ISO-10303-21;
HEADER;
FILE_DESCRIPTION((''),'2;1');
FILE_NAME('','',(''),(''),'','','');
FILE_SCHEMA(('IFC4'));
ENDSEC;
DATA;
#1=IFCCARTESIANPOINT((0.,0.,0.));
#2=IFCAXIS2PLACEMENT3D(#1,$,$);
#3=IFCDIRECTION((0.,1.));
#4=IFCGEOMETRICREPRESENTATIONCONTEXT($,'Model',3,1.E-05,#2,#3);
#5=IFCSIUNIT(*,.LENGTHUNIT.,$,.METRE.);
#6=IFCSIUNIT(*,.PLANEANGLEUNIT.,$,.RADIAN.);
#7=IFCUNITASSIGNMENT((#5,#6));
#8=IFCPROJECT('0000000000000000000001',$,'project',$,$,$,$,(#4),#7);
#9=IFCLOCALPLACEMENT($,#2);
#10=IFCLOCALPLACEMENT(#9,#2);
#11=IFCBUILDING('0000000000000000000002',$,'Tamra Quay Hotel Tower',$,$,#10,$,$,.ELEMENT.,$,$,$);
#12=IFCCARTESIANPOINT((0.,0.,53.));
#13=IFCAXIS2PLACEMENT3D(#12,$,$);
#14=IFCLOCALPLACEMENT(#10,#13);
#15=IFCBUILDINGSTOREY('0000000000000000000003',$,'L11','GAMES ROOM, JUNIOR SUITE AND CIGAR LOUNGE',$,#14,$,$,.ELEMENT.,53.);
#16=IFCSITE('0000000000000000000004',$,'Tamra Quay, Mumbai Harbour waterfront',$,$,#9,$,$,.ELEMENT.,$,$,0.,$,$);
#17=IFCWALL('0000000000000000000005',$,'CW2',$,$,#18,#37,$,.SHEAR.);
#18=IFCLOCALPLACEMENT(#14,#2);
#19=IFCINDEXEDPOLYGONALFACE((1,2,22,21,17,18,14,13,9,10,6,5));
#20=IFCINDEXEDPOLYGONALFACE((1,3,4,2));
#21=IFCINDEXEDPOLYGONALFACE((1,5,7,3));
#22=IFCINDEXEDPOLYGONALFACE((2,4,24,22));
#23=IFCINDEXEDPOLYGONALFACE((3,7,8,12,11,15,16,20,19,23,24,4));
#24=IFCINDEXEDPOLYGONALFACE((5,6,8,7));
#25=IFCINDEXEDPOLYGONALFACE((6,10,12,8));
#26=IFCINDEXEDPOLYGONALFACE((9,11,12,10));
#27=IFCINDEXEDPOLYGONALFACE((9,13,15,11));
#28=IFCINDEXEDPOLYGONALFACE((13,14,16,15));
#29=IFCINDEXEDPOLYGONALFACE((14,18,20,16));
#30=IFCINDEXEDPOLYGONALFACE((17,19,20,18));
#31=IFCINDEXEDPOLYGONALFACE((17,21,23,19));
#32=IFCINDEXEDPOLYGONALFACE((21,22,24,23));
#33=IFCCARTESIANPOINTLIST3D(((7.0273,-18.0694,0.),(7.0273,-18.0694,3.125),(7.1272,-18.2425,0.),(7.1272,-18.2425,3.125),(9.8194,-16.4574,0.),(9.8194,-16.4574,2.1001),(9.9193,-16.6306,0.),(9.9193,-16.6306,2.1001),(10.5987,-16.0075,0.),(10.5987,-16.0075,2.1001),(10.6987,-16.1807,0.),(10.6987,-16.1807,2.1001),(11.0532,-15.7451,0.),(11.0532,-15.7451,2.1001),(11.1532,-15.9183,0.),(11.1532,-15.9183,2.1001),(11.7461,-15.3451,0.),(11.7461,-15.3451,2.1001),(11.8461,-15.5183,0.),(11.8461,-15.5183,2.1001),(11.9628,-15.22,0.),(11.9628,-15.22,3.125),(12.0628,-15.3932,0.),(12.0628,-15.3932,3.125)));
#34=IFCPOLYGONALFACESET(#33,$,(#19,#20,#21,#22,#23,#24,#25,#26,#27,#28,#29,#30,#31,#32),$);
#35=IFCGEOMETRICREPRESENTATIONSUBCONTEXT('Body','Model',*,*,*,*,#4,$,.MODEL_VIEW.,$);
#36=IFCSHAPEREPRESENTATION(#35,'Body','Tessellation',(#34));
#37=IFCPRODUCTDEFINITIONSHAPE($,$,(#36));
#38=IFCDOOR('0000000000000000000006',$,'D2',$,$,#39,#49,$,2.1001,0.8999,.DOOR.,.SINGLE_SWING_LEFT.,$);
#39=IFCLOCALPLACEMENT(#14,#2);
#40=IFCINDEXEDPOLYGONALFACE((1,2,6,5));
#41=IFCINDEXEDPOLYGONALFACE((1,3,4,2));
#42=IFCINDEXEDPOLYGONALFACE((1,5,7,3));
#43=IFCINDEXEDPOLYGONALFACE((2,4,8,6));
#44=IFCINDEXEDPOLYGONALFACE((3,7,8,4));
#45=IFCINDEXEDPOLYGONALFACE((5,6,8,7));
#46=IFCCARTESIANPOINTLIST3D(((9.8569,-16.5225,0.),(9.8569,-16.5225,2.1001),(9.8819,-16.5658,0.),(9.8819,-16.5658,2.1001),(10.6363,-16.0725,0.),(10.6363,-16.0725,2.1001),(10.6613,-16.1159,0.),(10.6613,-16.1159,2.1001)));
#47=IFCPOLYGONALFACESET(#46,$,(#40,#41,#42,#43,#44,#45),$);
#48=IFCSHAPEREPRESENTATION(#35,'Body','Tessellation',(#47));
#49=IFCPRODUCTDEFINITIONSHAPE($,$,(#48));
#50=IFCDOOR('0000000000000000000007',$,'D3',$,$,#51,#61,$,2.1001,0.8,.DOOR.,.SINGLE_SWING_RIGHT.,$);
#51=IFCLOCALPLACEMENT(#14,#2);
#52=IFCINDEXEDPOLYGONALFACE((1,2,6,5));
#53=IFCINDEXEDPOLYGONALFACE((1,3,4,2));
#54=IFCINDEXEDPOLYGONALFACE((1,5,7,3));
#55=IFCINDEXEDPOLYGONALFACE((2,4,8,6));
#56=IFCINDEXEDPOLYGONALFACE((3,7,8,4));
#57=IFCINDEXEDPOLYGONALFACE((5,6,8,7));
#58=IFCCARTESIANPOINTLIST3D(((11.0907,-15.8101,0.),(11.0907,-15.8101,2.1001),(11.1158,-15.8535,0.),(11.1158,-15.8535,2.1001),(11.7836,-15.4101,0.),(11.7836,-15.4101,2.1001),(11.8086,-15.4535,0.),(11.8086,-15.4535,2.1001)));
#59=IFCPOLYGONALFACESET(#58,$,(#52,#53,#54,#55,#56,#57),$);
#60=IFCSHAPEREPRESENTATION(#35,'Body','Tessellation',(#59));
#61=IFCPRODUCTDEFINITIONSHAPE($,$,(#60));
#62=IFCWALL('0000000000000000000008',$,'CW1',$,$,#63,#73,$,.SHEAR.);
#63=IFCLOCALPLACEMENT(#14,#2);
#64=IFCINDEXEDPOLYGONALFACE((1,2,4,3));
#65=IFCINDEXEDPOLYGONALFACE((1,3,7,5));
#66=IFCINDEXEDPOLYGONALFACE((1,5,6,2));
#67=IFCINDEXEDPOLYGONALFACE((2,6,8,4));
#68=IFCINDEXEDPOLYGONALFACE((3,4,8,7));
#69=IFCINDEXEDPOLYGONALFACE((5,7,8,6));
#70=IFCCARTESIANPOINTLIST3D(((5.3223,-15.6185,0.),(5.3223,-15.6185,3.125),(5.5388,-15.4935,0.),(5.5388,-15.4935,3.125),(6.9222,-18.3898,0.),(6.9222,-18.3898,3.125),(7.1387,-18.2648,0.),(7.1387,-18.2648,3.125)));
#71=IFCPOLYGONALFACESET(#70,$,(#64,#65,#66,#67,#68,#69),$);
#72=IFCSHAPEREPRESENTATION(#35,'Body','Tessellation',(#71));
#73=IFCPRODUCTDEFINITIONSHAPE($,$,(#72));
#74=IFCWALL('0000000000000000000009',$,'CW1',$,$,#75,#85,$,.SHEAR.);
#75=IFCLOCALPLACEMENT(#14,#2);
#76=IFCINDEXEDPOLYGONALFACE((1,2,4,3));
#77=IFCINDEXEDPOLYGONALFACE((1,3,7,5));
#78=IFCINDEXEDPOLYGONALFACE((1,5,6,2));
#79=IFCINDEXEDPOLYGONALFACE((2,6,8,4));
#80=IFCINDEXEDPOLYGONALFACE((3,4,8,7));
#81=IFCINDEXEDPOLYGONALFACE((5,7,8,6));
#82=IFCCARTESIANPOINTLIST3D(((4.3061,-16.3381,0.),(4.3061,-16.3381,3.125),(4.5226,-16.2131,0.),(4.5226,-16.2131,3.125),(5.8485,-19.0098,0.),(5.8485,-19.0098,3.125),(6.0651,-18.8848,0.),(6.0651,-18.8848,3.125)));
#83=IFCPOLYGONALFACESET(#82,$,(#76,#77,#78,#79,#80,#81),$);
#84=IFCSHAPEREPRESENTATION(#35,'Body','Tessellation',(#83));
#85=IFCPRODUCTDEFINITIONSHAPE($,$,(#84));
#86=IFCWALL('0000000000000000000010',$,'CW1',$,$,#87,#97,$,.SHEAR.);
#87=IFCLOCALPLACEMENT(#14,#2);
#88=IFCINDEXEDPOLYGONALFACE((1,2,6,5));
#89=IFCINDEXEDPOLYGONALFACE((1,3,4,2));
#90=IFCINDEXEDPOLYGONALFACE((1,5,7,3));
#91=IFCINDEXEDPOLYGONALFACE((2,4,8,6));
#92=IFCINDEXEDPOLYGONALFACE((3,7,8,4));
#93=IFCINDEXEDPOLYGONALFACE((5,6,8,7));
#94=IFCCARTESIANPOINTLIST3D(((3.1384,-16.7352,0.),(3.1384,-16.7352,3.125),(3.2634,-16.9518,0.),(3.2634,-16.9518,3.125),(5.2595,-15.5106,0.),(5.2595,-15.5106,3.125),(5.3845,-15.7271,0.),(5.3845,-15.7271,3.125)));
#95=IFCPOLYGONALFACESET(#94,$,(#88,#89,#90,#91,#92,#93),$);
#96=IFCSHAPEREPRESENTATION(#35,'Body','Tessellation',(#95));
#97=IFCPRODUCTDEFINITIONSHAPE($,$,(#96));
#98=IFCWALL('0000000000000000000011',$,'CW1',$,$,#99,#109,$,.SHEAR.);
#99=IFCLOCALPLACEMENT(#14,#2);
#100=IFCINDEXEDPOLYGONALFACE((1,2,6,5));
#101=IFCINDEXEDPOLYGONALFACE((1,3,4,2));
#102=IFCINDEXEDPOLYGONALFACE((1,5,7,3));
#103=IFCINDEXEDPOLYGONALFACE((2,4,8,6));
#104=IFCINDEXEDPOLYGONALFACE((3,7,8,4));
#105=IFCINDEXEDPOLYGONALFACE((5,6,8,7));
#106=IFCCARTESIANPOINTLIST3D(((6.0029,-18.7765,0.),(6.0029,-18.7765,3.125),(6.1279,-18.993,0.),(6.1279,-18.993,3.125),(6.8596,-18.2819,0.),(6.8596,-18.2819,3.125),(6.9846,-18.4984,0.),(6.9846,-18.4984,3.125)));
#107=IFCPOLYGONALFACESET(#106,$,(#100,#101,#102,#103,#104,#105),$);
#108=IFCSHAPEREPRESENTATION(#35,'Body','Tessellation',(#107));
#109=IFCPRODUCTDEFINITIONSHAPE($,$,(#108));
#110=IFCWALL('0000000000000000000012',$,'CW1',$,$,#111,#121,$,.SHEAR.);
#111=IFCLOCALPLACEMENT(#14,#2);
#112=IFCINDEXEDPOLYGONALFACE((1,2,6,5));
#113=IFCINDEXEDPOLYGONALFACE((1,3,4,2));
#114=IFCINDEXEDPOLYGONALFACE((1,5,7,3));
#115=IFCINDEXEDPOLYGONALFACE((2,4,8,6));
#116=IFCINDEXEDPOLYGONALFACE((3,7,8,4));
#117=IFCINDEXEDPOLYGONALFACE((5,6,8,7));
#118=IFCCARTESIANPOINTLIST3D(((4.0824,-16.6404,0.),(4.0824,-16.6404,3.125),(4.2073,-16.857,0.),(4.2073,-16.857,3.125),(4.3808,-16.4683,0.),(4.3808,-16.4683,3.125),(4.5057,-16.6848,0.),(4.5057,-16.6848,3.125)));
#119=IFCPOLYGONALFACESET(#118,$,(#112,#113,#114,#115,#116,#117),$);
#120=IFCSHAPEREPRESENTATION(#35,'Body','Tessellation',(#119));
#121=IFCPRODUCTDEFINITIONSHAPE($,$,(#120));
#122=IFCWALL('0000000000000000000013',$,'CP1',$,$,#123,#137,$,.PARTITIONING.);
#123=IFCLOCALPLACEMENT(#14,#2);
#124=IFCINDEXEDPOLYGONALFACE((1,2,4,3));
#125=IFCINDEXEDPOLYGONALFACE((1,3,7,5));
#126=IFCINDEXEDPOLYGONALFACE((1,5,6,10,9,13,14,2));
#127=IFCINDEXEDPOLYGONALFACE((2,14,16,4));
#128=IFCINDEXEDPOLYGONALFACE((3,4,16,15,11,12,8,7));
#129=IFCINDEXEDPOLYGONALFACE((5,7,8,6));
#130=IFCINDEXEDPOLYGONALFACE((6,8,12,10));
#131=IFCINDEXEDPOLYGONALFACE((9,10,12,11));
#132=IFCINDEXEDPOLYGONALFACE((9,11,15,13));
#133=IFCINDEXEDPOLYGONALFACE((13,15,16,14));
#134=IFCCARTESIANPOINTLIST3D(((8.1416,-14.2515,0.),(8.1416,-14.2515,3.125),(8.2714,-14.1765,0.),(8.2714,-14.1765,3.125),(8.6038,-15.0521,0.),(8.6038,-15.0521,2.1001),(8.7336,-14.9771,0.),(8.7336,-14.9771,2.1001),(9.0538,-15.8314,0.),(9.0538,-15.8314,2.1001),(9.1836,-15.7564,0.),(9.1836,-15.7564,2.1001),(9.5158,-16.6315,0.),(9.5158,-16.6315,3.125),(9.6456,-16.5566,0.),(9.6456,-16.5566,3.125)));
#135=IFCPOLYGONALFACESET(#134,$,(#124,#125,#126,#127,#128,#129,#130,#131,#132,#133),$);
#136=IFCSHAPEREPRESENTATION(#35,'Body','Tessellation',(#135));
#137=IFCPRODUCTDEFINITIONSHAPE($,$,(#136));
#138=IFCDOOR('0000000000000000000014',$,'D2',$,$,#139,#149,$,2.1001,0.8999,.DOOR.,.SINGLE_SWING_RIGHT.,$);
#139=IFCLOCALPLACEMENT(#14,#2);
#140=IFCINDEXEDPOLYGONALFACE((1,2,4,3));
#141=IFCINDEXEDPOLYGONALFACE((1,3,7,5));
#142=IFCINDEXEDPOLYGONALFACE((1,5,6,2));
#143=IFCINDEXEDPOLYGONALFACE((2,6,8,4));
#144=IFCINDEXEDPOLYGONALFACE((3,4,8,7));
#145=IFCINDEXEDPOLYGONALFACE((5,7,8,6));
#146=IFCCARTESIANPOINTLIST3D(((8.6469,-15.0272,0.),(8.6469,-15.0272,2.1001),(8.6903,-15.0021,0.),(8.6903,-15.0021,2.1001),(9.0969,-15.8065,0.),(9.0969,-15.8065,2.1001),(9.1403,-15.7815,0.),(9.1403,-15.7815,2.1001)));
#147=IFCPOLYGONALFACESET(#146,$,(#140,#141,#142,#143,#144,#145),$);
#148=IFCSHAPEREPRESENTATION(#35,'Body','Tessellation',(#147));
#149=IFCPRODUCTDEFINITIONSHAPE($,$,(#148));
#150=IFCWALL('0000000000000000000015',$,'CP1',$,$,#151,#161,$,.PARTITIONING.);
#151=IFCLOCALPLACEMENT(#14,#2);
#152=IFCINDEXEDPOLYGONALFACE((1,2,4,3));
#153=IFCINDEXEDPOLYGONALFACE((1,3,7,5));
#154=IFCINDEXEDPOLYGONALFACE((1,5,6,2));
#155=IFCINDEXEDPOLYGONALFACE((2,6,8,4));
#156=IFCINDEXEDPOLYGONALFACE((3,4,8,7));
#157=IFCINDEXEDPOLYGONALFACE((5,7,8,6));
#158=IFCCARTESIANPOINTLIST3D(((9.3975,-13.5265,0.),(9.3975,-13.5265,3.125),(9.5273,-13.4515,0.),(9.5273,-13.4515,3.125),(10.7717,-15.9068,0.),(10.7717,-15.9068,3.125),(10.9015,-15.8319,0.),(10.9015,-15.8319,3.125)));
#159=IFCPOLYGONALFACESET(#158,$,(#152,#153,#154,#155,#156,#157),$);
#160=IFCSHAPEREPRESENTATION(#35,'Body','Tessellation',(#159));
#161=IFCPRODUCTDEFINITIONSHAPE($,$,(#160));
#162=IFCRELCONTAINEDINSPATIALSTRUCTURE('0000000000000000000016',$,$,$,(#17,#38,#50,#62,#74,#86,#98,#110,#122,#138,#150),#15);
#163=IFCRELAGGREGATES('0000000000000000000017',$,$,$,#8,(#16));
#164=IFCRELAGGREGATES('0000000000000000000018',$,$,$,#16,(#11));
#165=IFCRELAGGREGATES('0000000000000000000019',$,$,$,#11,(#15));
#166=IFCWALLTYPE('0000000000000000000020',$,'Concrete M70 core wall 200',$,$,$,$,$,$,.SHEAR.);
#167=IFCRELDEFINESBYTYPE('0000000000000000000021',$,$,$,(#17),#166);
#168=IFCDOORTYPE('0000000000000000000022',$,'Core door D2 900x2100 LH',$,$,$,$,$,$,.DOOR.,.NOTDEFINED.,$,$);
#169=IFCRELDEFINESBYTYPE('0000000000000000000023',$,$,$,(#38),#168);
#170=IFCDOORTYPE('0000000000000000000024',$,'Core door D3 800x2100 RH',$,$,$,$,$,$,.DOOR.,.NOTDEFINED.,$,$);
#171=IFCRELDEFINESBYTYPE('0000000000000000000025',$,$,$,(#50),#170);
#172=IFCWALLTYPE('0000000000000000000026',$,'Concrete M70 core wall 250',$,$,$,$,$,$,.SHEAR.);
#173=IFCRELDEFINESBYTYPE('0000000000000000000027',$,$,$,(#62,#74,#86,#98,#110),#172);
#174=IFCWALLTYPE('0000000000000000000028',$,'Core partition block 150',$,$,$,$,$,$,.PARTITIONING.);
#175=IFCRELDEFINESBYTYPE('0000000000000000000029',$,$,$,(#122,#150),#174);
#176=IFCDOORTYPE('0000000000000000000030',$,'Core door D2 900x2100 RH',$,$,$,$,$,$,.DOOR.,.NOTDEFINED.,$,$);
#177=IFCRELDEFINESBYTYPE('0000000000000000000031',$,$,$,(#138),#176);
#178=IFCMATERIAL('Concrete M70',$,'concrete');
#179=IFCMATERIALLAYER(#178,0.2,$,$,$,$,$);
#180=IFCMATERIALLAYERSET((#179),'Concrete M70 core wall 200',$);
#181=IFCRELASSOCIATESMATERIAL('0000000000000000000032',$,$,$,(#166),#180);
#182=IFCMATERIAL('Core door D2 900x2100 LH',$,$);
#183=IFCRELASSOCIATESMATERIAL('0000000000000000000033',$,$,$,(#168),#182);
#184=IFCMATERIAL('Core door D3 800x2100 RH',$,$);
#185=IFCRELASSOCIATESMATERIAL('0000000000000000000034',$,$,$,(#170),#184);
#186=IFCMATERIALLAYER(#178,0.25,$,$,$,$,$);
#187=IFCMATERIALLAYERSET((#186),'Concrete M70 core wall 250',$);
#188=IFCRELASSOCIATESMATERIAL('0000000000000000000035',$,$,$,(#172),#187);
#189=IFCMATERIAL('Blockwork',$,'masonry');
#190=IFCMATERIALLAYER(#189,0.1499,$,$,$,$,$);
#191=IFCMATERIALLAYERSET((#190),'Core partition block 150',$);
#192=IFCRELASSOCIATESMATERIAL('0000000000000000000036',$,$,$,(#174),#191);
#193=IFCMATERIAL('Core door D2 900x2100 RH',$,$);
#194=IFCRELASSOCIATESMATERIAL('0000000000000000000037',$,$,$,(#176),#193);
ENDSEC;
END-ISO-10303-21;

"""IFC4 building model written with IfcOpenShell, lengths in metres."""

from ifc_helpers import new_model, si_unit, direction, frame, frame_2d, origin, place, context, subcontext, project, spatial, rectangle, extrude, material, layer, layer_set, type_object, element, fill, save


model = new_model("IFC4")

# Units and contexts
model_context = context("Model", 3, precision=1e-05, world=origin(), true_north=direction((0.0, 1.0)))
body_context = subcontext(model_context, "Body", "Model", "MODEL_VIEW")
ifc_project = project(units=[si_unit("LENGTHUNIT", "METRE"), si_unit("PLANEANGLEUNIT", "RADIAN")], contexts=[model_context])

# Site, building, storey
site_placement = place(None, origin())
site = spatial("IfcSite", under=ifc_project, at=site_placement, Name="Tamra Quay, Mumbai Harbour waterfront", CompositionType="ELEMENT", RefElevation=0.0)
building_placement = place(site_placement, origin())
building = spatial("IfcBuilding", under=site, at=building_placement, Name="Tamra Quay Hotel Tower", CompositionType="ELEMENT")
storey_placement = place(building_placement, frame((0.0, 0.0, 53.0)))
storey = spatial("IfcBuildingStorey", under=building, at=storey_placement, Name="L11", Description="GAMES ROOM, JUNIOR SUITE AND CIGAR LOUNGE", CompositionType="ELEMENT", Elevation=53.0)

# Wall, openings, doors
ifc_material_1 = material(Name="Concrete M70", Category="concrete")
ifc_layer_1 = layer(ifc_material_1, 0.2)
ifc_layer_set_1 = layer_set([ifc_layer_1], Name="Concrete M70 core wall 200")
wall_type_1 = type_object("IfcWallType", Name="Concrete M70 core wall 200", PredefinedType="SHEAR", material=ifc_layer_set_1)
wall_1_placement = place(storey_placement, frame((7.0771, -18.156, 0.0), z_axis=(0.0, 0.0, 1.0), x_axis=(0.866039, 0.499977, 0.0)))
wall_1 = element("IfcWall", 1, at=wall_1_placement, inside=storey, type_object=wall_type_1, Name="CW2", PredefinedType="SHEAR", context=body_context, shape_type="SweptSolid", body=[
    extrude(rectangle(XDim=5.699, YDim=0.2, at=frame_2d((2.8496, 0.0))), origin(), (0.0, 0.0, 1.0), 3.125),
])
opening_1_placement = place(wall_1_placement, frame((3.2241, 0.0, 0.0)))
opening_1 = element("IfcOpeningElement", 2, at=opening_1_placement, cuts=wall_1, PredefinedType="OPENING", context=body_context, shape_type="SweptSolid", body=[
    extrude(rectangle(XDim=0.8999, YDim=2.1001, at=frame_2d((0.45, 1.05))), frame((0.0, 0.1099, 0.0), z_axis=(0.0, -1.0, 0.0), x_axis=(1.0, 0.0, 0.0)), (0.0, 0.0, 1.0), 0.22),
])
opening_2_placement = place(wall_1_placement, frame((4.6489, 0.0, 0.0)))
opening_2 = element("IfcOpeningElement", 3, at=opening_2_placement, cuts=wall_1, PredefinedType="OPENING", context=body_context, shape_type="SweptSolid", body=[
    extrude(rectangle(XDim=0.8, YDim=2.1001, at=frame_2d((0.3999, 1.05))), frame((0.0, 0.1099, 0.0), z_axis=(0.0, -1.0, 0.0), x_axis=(1.0, 0.0, 0.0)), (0.0, 0.0, 1.0), 0.22),
])
ifc_material_2 = material(Name="Core door D2 900x2100 LH")
door_type_1 = type_object("IfcDoorType", Name="Core door D2 900x2100 LH", OperationType="NOTDEFINED", PredefinedType="DOOR", material=ifc_material_2)
door_1_placement = place(opening_1_placement, origin())
door_1 = element("IfcDoor", 4, at=door_1_placement, inside=storey, type_object=door_type_1, Name="D2", OperationType="SINGLE_SWING_LEFT", OverallHeight=2.1001, OverallWidth=0.8999, PredefinedType="DOOR", context=body_context, shape_type="SweptSolid", body=[
    extrude(rectangle(XDim=0.8999, YDim=2.1001, at=frame_2d((0.45, 1.05))), frame((0.0, 0.0249, 0.0), z_axis=(0.0, -1.0, 0.0), x_axis=(1.0, 0.0, 0.0)), (0.0, 0.0, 1.0), 0.05),
])
fill(opening_1, door_1)
ifc_material_3 = material(Name="Core door D3 800x2100 RH")
door_type_2 = type_object("IfcDoorType", Name="Core door D3 800x2100 RH", OperationType="NOTDEFINED", PredefinedType="DOOR", material=ifc_material_3)
door_2_placement = place(opening_2_placement, origin())
door_2 = element("IfcDoor", 5, at=door_2_placement, inside=storey, type_object=door_type_2, Name="D3", OperationType="SINGLE_SWING_RIGHT", OverallHeight=2.1001, OverallWidth=0.8, PredefinedType="DOOR", context=body_context, shape_type="SweptSolid", body=[
    extrude(rectangle(XDim=0.8, YDim=2.1001, at=frame_2d((0.3999, 1.05))), frame((0.0, 0.0249, 0.0), z_axis=(0.0, -1.0, 0.0), x_axis=(1.0, 0.0, 0.0)), (0.0, 0.0, 1.0), 0.05),
])
fill(opening_2, door_2)

# Walls
ifc_layer_2 = layer(ifc_material_1, 0.25)
ifc_layer_set_2 = layer_set([ifc_layer_2], Name="Concrete M70 core wall 250")
wall_type_2 = type_object("IfcWallType", Name="Concrete M70 core wall 250", PredefinedType="SHEAR", material=ifc_layer_set_2)
wall_2_placement = place(storey_placement, frame((7.0305, -18.3274, 0.0), z_axis=(0.0, 0.0, 1.0), x_axis=(-0.499971, 0.866042, 0.0)))
element("IfcWall", 6, at=wall_2_placement, inside=storey, type_object=wall_type_2, Name="CW1", PredefinedType="SHEAR", context=body_context, shape_type="SweptSolid", body=[
    extrude(rectangle(XDim=3.2, YDim=0.25, at=frame_2d((1.6001, 0.0))), origin(), (0.0, 0.0, 1.0), 3.125),
])
wall_3_placement = place(storey_placement, frame((4.4143, -16.2756, 0.0), z_axis=(0.0, 0.0, 1.0), x_axis=(0.500003, -0.866023, 0.0)))
element("IfcWall", 7, at=wall_3_placement, inside=storey, type_object=wall_type_2, Name="CW1", PredefinedType="SHEAR", context=body_context, shape_type="SweptSolid", body=[
    extrude(rectangle(XDim=3.085, YDim=0.25, at=frame_2d((1.5425, 0.0))), origin(), (0.0, 0.0, 1.0), 3.125),
])
wall_4_placement = place(storey_placement, frame((5.322, -15.6189, 0.0), z_axis=(0.0, 0.0, 1.0), x_axis=(-0.866026, -0.499999, 0.0)))
element("IfcWall", 8, at=wall_4_placement, inside=storey, type_object=wall_type_2, Name="CW1", PredefinedType="SHEAR", context=body_context, shape_type="SweptSolid", body=[
    extrude(rectangle(XDim=2.4492, YDim=0.25, at=frame_2d((1.2246, 0.0))), origin(), (0.0, 0.0, 1.0), 3.125),
])
wall_5_placement = place(storey_placement, frame((6.0654, -18.8848, 0.0), z_axis=(0.0, 0.0, 1.0), x_axis=(0.866017, 0.500014, 0.0)))
element("IfcWall", 9, at=wall_5_placement, inside=storey, type_object=wall_type_2, Name="CW1", PredefinedType="SHEAR", context=body_context, shape_type="SweptSolid", body=[
    extrude(rectangle(XDim=0.9893, YDim=0.25, at=frame_2d((0.4946, 0.0))), origin(), (0.0, 0.0, 1.0), 3.125),
])
wall_6_placement = place(storey_placement, frame((4.1448, -16.7488, 0.0), z_axis=(0.0, 0.0, 1.0), x_axis=(0.866186, 0.499722, 0.0)))
element("IfcWall", 10, at=wall_6_placement, inside=storey, type_object=wall_type_2, Name="CW1", PredefinedType="SHEAR", context=body_context, shape_type="SweptSolid", body=[
    extrude(rectangle(XDim=0.3445, YDim=0.25, at=frame_2d((0.1724, 0.0))), origin(), (0.0, 0.0, 1.0), 3.125),
])

# Wall, opening, door
ifc_material_4 = material(Name="Blockwork", Category="masonry")
ifc_layer_3 = layer(ifc_material_4, 0.1499)
ifc_layer_set_3 = layer_set([ifc_layer_3], Name="Core partition block 150")
wall_type_3 = type_object("IfcWallType", Name="Core partition block 150", PredefinedType="PARTITIONING", material=ifc_layer_set_3)
wall_7_placement = place(storey_placement, frame((8.2065, -14.2141, 0.0), z_axis=(0.0, 0.0, 1.0), x_axis=(0.500027, -0.86601, 0.0)))
wall_7 = element("IfcWall", 11, at=wall_7_placement, inside=storey, type_object=wall_type_3, Name="CP1", PredefinedType="PARTITIONING", context=body_context, shape_type="SweptSolid", body=[
    extrude(rectangle(XDim=2.7483, YDim=0.1499, at=frame_2d((1.374, 0.0))), origin(), (0.0, 0.0, 1.0), 3.125),
])
opening_3_placement = place(wall_7_placement, frame((0.9243, 0.0, 0.0)))
opening_3 = element("IfcOpeningElement", 12, at=opening_3_placement, cuts=wall_7, PredefinedType="OPENING", context=body_context, shape_type="SweptSolid", body=[
    extrude(rectangle(XDim=0.8999, YDim=2.1001, at=frame_2d((0.45, 1.05))), frame((0.0, 0.085, 0.0), z_axis=(0.0, -1.0, 0.0), x_axis=(1.0, 0.0, 0.0)), (0.0, 0.0, 1.0), 0.1699),
])
ifc_material_5 = material(Name="Core door D2 900x2100 RH")
door_type_3 = type_object("IfcDoorType", Name="Core door D2 900x2100 RH", OperationType="NOTDEFINED", PredefinedType="DOOR", material=ifc_material_5)
door_3_placement = place(opening_3_placement, origin())
door_3 = element("IfcDoor", 13, at=door_3_placement, inside=storey, type_object=door_type_3, Name="D2", OperationType="SINGLE_SWING_RIGHT", OverallHeight=2.1001, OverallWidth=0.8999, PredefinedType="DOOR", context=body_context, shape_type="SweptSolid", body=[
    extrude(rectangle(XDim=0.8999, YDim=2.1001, at=frame_2d((0.45, 1.05))), frame((0.0, 0.0249, 0.0), z_axis=(0.0, -1.0, 0.0), x_axis=(1.0, 0.0, 0.0)), (0.0, 0.0, 1.0), 0.05),
])
fill(opening_3, door_3)

# Wall
wall_8_placement = place(storey_placement, frame((9.4624, -13.489, 0.0), z_axis=(0.0, 0.0, 1.0), x_axis=(0.499989, -0.866032, 0.0)))
element("IfcWall", 14, at=wall_8_placement, inside=storey, type_object=wall_type_3, Name="CP1", PredefinedType="PARTITIONING", context=body_context, shape_type="SweptSolid", body=[
    extrude(rectangle(XDim=2.7485, YDim=0.1499, at=frame_2d((1.3743, 0.0))), origin(), (0.0, 0.0, 1.0), 3.125),
])

save(model, "model.ifc")
